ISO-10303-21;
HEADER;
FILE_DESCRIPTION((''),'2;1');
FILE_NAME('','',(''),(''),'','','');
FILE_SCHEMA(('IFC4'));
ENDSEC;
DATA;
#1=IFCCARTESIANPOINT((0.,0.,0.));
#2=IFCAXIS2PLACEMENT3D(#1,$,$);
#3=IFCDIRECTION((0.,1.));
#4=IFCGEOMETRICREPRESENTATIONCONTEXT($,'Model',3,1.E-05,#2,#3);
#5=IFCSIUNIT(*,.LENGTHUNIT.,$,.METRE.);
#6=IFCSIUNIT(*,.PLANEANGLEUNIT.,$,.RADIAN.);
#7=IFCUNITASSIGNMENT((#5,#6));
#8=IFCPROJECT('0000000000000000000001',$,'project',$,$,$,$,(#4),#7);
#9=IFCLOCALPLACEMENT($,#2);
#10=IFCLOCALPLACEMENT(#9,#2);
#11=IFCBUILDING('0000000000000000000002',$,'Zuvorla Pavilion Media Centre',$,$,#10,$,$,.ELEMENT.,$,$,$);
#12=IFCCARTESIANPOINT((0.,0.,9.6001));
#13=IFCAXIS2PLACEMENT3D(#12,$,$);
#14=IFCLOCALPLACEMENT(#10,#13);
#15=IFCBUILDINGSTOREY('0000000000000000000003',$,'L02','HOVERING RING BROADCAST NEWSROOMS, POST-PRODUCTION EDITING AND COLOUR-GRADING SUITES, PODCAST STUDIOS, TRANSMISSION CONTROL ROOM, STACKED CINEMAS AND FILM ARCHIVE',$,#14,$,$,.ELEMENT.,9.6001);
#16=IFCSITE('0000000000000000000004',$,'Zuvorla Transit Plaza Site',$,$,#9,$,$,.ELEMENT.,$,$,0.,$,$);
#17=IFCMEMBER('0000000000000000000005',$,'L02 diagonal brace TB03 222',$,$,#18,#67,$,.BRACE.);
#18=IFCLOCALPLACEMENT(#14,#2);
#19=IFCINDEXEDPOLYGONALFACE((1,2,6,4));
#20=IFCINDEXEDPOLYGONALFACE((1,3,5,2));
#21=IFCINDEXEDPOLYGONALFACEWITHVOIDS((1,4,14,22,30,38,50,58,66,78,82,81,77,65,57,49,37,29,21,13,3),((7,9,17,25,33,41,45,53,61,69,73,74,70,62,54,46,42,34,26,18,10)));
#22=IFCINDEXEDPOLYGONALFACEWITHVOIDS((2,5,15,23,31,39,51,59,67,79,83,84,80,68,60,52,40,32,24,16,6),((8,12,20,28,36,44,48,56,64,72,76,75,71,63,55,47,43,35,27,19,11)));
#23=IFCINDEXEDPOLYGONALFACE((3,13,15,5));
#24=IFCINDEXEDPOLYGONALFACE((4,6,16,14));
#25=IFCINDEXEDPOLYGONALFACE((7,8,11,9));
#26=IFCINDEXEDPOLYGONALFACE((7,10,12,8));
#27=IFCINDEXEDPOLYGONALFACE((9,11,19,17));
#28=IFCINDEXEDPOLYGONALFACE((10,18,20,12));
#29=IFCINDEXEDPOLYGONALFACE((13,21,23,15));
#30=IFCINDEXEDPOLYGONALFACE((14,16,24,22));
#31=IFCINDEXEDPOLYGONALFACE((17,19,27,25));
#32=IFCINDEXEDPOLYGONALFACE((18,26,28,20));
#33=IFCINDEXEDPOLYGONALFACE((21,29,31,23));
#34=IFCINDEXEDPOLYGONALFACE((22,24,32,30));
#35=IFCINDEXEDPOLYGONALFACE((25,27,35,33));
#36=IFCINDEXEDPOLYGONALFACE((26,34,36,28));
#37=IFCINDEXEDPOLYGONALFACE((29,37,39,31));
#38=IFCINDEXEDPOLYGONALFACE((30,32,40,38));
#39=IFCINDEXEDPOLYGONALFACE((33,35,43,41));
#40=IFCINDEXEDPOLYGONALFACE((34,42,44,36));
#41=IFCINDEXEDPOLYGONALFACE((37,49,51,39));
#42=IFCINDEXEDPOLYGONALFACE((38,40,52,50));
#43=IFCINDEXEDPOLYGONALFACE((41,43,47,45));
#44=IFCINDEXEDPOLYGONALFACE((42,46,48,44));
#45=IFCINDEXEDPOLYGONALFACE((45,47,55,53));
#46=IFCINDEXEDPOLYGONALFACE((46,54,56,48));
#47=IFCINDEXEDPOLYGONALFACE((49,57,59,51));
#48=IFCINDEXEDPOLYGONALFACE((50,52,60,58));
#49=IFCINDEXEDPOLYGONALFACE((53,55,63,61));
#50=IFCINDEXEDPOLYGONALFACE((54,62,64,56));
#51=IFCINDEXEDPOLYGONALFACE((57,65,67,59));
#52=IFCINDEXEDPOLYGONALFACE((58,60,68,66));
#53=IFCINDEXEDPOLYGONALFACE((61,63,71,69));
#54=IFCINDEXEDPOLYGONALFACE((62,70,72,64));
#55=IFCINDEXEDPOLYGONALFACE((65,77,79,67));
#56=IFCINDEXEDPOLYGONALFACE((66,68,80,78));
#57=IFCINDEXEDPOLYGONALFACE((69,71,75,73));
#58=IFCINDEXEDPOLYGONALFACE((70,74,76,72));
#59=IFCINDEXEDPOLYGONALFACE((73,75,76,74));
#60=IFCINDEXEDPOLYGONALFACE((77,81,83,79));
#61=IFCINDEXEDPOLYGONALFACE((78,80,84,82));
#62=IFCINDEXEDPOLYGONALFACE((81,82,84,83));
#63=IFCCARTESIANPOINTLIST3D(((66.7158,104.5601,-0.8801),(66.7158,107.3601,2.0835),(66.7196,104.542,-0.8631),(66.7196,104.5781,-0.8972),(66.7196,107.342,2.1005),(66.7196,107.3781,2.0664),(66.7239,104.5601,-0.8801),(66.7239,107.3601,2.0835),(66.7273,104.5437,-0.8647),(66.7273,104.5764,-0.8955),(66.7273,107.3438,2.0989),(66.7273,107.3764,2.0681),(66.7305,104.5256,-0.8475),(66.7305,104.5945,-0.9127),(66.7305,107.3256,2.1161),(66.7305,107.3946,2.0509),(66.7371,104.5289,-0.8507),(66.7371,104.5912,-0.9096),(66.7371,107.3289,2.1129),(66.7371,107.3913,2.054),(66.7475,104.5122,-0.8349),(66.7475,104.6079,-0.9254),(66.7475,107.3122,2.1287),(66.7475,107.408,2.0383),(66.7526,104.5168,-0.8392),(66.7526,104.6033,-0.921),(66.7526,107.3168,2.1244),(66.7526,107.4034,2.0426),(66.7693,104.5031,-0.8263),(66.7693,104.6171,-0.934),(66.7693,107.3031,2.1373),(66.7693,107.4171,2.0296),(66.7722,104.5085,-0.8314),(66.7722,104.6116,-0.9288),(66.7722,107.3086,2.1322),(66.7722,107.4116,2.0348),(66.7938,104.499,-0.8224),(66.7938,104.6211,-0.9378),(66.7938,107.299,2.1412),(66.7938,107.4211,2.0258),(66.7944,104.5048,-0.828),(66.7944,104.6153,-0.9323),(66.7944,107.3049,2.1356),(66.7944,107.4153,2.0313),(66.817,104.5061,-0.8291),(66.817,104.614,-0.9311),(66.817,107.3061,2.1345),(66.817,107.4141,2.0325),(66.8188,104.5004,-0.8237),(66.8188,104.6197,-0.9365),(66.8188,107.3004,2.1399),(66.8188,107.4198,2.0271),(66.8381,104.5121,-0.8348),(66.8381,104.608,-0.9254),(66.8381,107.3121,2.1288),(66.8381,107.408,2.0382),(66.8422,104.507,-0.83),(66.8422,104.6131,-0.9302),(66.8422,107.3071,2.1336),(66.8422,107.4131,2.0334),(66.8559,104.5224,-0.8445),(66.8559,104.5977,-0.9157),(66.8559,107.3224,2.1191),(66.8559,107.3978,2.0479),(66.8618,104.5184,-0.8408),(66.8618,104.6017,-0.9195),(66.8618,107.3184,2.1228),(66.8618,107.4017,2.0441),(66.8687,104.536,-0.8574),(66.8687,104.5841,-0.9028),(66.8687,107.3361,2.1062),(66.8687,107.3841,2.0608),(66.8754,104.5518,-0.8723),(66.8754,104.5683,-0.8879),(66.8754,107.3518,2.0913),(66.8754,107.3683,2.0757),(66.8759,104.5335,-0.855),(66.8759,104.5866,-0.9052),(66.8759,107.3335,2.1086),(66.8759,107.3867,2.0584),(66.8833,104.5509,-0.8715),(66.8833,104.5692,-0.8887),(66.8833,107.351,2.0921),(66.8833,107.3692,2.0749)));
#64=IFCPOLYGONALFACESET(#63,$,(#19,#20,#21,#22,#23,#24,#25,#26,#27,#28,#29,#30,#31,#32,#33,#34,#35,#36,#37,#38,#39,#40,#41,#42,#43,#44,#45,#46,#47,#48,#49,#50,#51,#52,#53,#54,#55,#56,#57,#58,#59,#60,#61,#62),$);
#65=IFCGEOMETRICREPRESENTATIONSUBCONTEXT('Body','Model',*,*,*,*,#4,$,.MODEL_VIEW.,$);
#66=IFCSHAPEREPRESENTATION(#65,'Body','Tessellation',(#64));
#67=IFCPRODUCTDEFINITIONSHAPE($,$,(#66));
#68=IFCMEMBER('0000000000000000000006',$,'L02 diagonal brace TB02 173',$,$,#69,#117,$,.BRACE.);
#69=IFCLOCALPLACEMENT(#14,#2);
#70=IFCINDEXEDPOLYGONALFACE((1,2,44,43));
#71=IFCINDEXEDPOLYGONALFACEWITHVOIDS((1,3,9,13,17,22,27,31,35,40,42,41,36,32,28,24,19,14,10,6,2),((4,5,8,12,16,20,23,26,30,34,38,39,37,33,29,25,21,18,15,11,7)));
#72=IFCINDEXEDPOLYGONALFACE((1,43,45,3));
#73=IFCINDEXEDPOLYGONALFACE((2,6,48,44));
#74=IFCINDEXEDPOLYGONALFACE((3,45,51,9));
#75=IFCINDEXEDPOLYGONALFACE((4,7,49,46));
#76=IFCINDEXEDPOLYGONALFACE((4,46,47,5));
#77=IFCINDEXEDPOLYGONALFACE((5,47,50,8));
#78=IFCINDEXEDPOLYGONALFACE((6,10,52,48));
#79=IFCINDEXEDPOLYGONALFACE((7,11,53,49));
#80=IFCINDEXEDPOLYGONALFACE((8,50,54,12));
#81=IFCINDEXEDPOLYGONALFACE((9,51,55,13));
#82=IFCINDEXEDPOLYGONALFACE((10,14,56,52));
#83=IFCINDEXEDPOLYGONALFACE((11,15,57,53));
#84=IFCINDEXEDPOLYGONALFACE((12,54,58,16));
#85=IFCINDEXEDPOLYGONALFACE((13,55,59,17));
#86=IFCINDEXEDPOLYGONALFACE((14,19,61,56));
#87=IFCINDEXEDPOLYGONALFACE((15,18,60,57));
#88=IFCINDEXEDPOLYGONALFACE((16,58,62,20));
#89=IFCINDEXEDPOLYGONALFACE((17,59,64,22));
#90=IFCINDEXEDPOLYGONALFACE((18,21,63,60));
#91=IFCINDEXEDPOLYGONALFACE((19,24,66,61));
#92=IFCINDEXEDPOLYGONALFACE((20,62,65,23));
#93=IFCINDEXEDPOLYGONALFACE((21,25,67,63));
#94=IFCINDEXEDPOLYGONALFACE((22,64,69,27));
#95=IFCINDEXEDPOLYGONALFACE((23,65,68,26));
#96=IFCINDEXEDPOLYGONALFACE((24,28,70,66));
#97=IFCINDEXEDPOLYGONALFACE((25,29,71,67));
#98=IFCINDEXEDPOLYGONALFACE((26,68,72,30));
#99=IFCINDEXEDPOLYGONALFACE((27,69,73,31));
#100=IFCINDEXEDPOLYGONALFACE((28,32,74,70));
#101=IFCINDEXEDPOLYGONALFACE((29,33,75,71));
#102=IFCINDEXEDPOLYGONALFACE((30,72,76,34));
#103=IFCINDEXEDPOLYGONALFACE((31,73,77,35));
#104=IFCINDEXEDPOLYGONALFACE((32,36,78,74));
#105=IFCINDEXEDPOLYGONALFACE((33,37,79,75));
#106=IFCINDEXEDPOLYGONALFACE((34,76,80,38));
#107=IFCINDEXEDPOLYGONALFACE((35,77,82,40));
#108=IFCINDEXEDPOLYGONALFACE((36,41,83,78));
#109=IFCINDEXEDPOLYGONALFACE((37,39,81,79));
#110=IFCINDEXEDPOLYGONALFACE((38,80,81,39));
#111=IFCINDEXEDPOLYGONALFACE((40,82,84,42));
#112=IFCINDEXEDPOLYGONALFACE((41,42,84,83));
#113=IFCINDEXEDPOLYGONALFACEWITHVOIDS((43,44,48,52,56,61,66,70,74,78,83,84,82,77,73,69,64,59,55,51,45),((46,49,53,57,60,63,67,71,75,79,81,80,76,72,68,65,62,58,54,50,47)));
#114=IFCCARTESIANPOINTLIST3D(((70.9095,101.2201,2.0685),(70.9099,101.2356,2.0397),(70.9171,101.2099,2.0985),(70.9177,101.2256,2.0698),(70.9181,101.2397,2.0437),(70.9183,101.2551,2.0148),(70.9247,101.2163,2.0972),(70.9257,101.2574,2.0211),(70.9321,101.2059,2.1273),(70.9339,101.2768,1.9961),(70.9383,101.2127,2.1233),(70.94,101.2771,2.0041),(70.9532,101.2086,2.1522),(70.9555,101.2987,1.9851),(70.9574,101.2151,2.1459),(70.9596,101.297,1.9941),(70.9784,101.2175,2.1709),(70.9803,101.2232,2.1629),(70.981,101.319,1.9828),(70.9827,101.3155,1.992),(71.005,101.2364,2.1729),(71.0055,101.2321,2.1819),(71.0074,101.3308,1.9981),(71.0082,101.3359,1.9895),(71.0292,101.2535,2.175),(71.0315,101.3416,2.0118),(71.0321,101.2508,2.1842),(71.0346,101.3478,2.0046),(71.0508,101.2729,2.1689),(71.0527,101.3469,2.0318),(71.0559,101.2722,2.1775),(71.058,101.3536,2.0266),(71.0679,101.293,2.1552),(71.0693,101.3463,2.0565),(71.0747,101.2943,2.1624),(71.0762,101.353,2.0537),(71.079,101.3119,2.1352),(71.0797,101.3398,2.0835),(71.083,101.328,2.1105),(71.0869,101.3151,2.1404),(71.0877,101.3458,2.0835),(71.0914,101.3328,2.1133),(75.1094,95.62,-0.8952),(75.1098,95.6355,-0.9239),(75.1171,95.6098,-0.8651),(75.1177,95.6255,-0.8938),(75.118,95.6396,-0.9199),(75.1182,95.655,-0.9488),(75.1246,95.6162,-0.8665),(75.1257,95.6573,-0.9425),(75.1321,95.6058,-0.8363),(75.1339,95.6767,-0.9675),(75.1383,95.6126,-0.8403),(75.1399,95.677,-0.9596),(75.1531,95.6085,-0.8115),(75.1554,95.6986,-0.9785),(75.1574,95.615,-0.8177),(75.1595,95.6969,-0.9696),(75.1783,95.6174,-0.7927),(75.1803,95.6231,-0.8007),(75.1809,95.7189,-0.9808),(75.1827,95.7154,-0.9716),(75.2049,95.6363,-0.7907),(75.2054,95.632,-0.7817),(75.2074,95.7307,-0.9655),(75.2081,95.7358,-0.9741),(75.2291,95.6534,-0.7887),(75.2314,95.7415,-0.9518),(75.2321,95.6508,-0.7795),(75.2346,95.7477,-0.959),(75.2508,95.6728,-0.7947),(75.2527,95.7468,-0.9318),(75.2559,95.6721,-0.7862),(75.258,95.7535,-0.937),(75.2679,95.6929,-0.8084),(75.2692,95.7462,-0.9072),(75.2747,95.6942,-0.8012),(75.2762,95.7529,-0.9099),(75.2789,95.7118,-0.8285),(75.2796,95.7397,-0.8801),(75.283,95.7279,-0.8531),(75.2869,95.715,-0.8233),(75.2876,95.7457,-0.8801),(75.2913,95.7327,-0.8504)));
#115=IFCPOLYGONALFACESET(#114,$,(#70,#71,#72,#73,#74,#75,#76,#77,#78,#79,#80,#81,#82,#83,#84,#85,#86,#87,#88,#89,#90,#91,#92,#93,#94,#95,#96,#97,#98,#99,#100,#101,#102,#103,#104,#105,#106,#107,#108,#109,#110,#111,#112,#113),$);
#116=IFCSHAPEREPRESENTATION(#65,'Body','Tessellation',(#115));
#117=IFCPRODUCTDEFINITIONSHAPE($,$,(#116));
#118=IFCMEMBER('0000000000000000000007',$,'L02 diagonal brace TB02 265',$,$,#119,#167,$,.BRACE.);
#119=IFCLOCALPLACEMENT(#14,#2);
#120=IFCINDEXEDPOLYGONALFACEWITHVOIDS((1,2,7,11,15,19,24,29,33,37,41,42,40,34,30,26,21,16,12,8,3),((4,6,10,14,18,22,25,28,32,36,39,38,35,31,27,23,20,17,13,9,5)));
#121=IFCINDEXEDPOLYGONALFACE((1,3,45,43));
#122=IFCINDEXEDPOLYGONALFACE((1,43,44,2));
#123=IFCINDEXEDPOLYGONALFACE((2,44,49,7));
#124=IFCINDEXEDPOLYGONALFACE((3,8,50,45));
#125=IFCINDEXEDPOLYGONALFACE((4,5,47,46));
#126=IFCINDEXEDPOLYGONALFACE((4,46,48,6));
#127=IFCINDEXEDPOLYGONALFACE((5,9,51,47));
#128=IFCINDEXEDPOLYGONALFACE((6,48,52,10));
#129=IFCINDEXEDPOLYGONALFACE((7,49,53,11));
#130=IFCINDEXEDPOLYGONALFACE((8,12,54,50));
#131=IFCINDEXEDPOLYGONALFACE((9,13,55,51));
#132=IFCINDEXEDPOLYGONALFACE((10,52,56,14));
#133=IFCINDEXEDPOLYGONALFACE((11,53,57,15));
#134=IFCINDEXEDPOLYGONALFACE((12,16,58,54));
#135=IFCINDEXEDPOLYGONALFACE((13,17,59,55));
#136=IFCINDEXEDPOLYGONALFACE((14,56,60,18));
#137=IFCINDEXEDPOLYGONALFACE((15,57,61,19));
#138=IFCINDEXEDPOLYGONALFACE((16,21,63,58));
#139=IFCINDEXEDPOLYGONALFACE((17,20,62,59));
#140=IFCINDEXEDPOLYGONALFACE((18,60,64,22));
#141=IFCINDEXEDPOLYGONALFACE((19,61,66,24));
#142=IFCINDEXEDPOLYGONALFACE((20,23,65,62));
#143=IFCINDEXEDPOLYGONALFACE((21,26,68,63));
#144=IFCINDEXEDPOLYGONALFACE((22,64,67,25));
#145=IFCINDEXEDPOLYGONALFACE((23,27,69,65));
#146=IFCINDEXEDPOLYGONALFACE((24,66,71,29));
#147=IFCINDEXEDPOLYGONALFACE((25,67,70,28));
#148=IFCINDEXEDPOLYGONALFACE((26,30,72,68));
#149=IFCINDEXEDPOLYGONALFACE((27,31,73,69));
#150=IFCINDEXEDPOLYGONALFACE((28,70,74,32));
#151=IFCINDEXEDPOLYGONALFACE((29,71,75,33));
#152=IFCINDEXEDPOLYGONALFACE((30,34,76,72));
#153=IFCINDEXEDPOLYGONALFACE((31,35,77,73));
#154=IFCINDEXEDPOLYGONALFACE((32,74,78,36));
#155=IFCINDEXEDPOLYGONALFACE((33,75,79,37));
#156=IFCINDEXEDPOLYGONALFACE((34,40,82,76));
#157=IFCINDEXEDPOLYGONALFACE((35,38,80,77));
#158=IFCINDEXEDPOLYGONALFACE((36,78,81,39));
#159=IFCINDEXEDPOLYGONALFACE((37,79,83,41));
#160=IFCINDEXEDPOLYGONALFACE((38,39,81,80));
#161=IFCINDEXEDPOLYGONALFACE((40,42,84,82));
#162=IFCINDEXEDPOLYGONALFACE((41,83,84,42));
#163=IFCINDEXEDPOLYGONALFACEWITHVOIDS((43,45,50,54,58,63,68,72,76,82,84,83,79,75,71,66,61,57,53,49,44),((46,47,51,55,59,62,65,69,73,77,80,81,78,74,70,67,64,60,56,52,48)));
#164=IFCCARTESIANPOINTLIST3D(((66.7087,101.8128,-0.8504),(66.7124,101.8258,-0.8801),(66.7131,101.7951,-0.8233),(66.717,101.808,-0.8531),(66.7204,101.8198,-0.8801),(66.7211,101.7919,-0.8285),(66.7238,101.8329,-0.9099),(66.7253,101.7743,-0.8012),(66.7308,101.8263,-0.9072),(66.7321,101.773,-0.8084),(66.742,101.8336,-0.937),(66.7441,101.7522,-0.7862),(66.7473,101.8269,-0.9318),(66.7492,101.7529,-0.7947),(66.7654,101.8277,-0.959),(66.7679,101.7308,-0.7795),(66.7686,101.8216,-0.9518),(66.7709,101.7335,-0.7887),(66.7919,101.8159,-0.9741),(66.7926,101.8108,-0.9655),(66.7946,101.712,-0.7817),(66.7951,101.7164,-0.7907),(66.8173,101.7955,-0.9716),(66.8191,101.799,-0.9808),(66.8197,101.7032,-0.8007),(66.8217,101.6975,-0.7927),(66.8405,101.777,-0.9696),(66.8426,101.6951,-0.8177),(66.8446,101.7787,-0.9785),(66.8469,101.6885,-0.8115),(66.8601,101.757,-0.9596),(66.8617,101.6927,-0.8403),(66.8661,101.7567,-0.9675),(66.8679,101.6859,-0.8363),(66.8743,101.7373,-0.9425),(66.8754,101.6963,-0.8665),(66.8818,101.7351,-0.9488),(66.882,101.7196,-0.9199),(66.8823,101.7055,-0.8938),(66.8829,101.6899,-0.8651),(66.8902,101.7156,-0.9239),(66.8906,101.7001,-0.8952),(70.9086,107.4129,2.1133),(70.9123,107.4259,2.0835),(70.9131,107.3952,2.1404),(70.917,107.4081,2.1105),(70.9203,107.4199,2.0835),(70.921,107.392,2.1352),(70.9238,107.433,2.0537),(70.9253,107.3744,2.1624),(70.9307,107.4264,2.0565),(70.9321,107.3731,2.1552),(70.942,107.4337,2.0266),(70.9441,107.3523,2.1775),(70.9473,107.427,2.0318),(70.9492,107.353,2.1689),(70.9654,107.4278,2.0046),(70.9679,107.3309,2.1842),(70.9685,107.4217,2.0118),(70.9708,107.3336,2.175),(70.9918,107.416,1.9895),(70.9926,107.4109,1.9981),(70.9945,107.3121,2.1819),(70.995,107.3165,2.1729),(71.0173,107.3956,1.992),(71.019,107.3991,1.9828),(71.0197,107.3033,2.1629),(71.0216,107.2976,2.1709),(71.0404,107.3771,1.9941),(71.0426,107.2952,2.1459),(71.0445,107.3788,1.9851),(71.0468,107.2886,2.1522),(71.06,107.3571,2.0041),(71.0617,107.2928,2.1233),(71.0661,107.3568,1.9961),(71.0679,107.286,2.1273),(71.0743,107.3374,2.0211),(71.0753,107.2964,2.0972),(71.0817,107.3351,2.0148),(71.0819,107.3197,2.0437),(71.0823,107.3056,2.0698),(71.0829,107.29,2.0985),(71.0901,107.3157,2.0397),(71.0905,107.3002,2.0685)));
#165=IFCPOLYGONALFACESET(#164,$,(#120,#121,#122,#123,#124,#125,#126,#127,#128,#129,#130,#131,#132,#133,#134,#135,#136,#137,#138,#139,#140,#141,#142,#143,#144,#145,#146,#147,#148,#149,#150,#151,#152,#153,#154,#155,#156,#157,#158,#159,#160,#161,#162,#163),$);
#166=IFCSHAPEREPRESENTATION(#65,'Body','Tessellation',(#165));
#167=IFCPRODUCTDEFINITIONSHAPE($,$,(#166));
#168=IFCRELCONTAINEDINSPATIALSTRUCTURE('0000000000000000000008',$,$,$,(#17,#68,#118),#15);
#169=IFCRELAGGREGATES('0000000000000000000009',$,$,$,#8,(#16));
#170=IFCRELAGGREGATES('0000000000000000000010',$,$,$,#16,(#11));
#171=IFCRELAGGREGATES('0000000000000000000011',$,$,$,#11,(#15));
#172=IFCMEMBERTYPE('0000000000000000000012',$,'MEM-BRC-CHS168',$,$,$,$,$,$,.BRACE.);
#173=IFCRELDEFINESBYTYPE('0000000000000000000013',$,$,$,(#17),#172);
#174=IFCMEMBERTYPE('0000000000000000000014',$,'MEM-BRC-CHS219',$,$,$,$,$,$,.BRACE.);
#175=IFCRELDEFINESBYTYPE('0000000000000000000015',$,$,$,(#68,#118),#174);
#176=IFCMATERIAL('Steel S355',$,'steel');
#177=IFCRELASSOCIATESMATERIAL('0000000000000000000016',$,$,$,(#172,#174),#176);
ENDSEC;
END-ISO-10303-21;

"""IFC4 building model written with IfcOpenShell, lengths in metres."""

from ifc_helpers import new_model, si_unit, direction, frame, origin, origin_2d, place, context, subcontext, project, spatial, hollow_circle, extrude, material, material_profile, profile_set, type_object, element, save


model = new_model("IFC4")

# Units and contexts
model_context = context("Model", 3, precision=1e-05, world=origin(), true_north=direction((0.0, 1.0)))
body_context = subcontext(model_context, "Body", "Model", "MODEL_VIEW")
ifc_project = project(units=[si_unit("LENGTHUNIT", "METRE"), si_unit("PLANEANGLEUNIT", "RADIAN")], contexts=[model_context])

# Site, building, storey
site_placement = place(None, origin())
site = spatial("IfcSite", under=ifc_project, at=site_placement, Name="Zuvorla Transit Plaza Site", CompositionType="ELEMENT", RefElevation=0.0)
building_placement = place(site_placement, origin())
building = spatial("IfcBuilding", under=site, at=building_placement, Name="Zuvorla Pavilion Media Centre", CompositionType="ELEMENT")
storey_placement = place(building_placement, frame((0.0, 0.0, 9.6001)))
storey = spatial("IfcBuildingStorey", under=building, at=storey_placement, Name="L02", Description="HOVERING RING BROADCAST NEWSROOMS, POST-PRODUCTION EDITING AND COLOUR-GRADING SUITES, PODCAST STUDIOS, TRANSMISSION CONTROL ROOM, STACKED CINEMAS AND FILM ARCHIVE", CompositionType="ELEMENT", Elevation=9.6001)

# Shared definitions
ifc_material_1 = material(Name="Steel S355", Category="steel")

# Members
ifc_material_profile_1 = material_profile(ifc_material_1, hollow_circle(Radius=0.0842, WallThickness=0.0081, at=origin_2d()), Name="CHS 168.3x8")
ifc_profile_set_1 = profile_set([ifc_material_profile_1], Name="Steel S355")
member_type_1 = type_object("IfcMemberType", Name="MEM-BRC-CHS168", PredefinedType="BRACE", material=ifc_profile_set_1)
member_1_placement = place(storey_placement, frame((66.8, 104.5601, -0.8801), z_axis=(0.0, 0.686762, 0.726882), x_axis=(-1.0, 0.0, 0.0)))
element("IfcMember", 1, at=member_1_placement, inside=storey, type_object=member_type_1, Name="L02 diagonal brace TB03 222", PredefinedType="BRACE", context=body_context, shape_type="SweptSolid", body=[
    extrude(hollow_circle(Radius=0.0842, WallThickness=0.0081, at=origin_2d()), origin(), (0.0, 0.0, 1.0), 4.0771),
])
ifc_material_profile_2 = material_profile(ifc_material_1, hollow_circle(Radius=0.1096, WallThickness=0.01, at=origin_2d()), Name="CHS 219.1x10")
ifc_profile_set_2 = profile_set([ifc_material_profile_2], Name="Steel S355")
member_type_2 = type_object("IfcMemberType", Name="MEM-BRC-CHS219", PredefinedType="BRACE", material=ifc_profile_set_2)
for number, where, z_axis, x_axis, name in (
    (2, (71.0, 101.28, 2.0835), (0.552512, -0.736704, -0.38987), (0.800008, 0.599989, 0.0), "L02 diagonal brace TB02 173"),
    (3, (66.8, 101.76, -0.8801), (0.552512, 0.736704, 0.38987), (-0.800008, 0.599989, 0.0), "L02 diagonal brace TB02 265"),
):
    element("IfcMember", number, at=place(storey_placement, frame(where, z_axis=z_axis, x_axis=x_axis)), inside=storey, type_object=member_type_2, Name=name, PredefinedType="BRACE", context=body_context, shape_type="SweptSolid", body=[
        extrude(hollow_circle(Radius=0.1096, WallThickness=0.01, at=origin_2d()), origin(), (0.0, 0.0, 1.0), 7.6016),
    ])

save(model, "model.ifc")
